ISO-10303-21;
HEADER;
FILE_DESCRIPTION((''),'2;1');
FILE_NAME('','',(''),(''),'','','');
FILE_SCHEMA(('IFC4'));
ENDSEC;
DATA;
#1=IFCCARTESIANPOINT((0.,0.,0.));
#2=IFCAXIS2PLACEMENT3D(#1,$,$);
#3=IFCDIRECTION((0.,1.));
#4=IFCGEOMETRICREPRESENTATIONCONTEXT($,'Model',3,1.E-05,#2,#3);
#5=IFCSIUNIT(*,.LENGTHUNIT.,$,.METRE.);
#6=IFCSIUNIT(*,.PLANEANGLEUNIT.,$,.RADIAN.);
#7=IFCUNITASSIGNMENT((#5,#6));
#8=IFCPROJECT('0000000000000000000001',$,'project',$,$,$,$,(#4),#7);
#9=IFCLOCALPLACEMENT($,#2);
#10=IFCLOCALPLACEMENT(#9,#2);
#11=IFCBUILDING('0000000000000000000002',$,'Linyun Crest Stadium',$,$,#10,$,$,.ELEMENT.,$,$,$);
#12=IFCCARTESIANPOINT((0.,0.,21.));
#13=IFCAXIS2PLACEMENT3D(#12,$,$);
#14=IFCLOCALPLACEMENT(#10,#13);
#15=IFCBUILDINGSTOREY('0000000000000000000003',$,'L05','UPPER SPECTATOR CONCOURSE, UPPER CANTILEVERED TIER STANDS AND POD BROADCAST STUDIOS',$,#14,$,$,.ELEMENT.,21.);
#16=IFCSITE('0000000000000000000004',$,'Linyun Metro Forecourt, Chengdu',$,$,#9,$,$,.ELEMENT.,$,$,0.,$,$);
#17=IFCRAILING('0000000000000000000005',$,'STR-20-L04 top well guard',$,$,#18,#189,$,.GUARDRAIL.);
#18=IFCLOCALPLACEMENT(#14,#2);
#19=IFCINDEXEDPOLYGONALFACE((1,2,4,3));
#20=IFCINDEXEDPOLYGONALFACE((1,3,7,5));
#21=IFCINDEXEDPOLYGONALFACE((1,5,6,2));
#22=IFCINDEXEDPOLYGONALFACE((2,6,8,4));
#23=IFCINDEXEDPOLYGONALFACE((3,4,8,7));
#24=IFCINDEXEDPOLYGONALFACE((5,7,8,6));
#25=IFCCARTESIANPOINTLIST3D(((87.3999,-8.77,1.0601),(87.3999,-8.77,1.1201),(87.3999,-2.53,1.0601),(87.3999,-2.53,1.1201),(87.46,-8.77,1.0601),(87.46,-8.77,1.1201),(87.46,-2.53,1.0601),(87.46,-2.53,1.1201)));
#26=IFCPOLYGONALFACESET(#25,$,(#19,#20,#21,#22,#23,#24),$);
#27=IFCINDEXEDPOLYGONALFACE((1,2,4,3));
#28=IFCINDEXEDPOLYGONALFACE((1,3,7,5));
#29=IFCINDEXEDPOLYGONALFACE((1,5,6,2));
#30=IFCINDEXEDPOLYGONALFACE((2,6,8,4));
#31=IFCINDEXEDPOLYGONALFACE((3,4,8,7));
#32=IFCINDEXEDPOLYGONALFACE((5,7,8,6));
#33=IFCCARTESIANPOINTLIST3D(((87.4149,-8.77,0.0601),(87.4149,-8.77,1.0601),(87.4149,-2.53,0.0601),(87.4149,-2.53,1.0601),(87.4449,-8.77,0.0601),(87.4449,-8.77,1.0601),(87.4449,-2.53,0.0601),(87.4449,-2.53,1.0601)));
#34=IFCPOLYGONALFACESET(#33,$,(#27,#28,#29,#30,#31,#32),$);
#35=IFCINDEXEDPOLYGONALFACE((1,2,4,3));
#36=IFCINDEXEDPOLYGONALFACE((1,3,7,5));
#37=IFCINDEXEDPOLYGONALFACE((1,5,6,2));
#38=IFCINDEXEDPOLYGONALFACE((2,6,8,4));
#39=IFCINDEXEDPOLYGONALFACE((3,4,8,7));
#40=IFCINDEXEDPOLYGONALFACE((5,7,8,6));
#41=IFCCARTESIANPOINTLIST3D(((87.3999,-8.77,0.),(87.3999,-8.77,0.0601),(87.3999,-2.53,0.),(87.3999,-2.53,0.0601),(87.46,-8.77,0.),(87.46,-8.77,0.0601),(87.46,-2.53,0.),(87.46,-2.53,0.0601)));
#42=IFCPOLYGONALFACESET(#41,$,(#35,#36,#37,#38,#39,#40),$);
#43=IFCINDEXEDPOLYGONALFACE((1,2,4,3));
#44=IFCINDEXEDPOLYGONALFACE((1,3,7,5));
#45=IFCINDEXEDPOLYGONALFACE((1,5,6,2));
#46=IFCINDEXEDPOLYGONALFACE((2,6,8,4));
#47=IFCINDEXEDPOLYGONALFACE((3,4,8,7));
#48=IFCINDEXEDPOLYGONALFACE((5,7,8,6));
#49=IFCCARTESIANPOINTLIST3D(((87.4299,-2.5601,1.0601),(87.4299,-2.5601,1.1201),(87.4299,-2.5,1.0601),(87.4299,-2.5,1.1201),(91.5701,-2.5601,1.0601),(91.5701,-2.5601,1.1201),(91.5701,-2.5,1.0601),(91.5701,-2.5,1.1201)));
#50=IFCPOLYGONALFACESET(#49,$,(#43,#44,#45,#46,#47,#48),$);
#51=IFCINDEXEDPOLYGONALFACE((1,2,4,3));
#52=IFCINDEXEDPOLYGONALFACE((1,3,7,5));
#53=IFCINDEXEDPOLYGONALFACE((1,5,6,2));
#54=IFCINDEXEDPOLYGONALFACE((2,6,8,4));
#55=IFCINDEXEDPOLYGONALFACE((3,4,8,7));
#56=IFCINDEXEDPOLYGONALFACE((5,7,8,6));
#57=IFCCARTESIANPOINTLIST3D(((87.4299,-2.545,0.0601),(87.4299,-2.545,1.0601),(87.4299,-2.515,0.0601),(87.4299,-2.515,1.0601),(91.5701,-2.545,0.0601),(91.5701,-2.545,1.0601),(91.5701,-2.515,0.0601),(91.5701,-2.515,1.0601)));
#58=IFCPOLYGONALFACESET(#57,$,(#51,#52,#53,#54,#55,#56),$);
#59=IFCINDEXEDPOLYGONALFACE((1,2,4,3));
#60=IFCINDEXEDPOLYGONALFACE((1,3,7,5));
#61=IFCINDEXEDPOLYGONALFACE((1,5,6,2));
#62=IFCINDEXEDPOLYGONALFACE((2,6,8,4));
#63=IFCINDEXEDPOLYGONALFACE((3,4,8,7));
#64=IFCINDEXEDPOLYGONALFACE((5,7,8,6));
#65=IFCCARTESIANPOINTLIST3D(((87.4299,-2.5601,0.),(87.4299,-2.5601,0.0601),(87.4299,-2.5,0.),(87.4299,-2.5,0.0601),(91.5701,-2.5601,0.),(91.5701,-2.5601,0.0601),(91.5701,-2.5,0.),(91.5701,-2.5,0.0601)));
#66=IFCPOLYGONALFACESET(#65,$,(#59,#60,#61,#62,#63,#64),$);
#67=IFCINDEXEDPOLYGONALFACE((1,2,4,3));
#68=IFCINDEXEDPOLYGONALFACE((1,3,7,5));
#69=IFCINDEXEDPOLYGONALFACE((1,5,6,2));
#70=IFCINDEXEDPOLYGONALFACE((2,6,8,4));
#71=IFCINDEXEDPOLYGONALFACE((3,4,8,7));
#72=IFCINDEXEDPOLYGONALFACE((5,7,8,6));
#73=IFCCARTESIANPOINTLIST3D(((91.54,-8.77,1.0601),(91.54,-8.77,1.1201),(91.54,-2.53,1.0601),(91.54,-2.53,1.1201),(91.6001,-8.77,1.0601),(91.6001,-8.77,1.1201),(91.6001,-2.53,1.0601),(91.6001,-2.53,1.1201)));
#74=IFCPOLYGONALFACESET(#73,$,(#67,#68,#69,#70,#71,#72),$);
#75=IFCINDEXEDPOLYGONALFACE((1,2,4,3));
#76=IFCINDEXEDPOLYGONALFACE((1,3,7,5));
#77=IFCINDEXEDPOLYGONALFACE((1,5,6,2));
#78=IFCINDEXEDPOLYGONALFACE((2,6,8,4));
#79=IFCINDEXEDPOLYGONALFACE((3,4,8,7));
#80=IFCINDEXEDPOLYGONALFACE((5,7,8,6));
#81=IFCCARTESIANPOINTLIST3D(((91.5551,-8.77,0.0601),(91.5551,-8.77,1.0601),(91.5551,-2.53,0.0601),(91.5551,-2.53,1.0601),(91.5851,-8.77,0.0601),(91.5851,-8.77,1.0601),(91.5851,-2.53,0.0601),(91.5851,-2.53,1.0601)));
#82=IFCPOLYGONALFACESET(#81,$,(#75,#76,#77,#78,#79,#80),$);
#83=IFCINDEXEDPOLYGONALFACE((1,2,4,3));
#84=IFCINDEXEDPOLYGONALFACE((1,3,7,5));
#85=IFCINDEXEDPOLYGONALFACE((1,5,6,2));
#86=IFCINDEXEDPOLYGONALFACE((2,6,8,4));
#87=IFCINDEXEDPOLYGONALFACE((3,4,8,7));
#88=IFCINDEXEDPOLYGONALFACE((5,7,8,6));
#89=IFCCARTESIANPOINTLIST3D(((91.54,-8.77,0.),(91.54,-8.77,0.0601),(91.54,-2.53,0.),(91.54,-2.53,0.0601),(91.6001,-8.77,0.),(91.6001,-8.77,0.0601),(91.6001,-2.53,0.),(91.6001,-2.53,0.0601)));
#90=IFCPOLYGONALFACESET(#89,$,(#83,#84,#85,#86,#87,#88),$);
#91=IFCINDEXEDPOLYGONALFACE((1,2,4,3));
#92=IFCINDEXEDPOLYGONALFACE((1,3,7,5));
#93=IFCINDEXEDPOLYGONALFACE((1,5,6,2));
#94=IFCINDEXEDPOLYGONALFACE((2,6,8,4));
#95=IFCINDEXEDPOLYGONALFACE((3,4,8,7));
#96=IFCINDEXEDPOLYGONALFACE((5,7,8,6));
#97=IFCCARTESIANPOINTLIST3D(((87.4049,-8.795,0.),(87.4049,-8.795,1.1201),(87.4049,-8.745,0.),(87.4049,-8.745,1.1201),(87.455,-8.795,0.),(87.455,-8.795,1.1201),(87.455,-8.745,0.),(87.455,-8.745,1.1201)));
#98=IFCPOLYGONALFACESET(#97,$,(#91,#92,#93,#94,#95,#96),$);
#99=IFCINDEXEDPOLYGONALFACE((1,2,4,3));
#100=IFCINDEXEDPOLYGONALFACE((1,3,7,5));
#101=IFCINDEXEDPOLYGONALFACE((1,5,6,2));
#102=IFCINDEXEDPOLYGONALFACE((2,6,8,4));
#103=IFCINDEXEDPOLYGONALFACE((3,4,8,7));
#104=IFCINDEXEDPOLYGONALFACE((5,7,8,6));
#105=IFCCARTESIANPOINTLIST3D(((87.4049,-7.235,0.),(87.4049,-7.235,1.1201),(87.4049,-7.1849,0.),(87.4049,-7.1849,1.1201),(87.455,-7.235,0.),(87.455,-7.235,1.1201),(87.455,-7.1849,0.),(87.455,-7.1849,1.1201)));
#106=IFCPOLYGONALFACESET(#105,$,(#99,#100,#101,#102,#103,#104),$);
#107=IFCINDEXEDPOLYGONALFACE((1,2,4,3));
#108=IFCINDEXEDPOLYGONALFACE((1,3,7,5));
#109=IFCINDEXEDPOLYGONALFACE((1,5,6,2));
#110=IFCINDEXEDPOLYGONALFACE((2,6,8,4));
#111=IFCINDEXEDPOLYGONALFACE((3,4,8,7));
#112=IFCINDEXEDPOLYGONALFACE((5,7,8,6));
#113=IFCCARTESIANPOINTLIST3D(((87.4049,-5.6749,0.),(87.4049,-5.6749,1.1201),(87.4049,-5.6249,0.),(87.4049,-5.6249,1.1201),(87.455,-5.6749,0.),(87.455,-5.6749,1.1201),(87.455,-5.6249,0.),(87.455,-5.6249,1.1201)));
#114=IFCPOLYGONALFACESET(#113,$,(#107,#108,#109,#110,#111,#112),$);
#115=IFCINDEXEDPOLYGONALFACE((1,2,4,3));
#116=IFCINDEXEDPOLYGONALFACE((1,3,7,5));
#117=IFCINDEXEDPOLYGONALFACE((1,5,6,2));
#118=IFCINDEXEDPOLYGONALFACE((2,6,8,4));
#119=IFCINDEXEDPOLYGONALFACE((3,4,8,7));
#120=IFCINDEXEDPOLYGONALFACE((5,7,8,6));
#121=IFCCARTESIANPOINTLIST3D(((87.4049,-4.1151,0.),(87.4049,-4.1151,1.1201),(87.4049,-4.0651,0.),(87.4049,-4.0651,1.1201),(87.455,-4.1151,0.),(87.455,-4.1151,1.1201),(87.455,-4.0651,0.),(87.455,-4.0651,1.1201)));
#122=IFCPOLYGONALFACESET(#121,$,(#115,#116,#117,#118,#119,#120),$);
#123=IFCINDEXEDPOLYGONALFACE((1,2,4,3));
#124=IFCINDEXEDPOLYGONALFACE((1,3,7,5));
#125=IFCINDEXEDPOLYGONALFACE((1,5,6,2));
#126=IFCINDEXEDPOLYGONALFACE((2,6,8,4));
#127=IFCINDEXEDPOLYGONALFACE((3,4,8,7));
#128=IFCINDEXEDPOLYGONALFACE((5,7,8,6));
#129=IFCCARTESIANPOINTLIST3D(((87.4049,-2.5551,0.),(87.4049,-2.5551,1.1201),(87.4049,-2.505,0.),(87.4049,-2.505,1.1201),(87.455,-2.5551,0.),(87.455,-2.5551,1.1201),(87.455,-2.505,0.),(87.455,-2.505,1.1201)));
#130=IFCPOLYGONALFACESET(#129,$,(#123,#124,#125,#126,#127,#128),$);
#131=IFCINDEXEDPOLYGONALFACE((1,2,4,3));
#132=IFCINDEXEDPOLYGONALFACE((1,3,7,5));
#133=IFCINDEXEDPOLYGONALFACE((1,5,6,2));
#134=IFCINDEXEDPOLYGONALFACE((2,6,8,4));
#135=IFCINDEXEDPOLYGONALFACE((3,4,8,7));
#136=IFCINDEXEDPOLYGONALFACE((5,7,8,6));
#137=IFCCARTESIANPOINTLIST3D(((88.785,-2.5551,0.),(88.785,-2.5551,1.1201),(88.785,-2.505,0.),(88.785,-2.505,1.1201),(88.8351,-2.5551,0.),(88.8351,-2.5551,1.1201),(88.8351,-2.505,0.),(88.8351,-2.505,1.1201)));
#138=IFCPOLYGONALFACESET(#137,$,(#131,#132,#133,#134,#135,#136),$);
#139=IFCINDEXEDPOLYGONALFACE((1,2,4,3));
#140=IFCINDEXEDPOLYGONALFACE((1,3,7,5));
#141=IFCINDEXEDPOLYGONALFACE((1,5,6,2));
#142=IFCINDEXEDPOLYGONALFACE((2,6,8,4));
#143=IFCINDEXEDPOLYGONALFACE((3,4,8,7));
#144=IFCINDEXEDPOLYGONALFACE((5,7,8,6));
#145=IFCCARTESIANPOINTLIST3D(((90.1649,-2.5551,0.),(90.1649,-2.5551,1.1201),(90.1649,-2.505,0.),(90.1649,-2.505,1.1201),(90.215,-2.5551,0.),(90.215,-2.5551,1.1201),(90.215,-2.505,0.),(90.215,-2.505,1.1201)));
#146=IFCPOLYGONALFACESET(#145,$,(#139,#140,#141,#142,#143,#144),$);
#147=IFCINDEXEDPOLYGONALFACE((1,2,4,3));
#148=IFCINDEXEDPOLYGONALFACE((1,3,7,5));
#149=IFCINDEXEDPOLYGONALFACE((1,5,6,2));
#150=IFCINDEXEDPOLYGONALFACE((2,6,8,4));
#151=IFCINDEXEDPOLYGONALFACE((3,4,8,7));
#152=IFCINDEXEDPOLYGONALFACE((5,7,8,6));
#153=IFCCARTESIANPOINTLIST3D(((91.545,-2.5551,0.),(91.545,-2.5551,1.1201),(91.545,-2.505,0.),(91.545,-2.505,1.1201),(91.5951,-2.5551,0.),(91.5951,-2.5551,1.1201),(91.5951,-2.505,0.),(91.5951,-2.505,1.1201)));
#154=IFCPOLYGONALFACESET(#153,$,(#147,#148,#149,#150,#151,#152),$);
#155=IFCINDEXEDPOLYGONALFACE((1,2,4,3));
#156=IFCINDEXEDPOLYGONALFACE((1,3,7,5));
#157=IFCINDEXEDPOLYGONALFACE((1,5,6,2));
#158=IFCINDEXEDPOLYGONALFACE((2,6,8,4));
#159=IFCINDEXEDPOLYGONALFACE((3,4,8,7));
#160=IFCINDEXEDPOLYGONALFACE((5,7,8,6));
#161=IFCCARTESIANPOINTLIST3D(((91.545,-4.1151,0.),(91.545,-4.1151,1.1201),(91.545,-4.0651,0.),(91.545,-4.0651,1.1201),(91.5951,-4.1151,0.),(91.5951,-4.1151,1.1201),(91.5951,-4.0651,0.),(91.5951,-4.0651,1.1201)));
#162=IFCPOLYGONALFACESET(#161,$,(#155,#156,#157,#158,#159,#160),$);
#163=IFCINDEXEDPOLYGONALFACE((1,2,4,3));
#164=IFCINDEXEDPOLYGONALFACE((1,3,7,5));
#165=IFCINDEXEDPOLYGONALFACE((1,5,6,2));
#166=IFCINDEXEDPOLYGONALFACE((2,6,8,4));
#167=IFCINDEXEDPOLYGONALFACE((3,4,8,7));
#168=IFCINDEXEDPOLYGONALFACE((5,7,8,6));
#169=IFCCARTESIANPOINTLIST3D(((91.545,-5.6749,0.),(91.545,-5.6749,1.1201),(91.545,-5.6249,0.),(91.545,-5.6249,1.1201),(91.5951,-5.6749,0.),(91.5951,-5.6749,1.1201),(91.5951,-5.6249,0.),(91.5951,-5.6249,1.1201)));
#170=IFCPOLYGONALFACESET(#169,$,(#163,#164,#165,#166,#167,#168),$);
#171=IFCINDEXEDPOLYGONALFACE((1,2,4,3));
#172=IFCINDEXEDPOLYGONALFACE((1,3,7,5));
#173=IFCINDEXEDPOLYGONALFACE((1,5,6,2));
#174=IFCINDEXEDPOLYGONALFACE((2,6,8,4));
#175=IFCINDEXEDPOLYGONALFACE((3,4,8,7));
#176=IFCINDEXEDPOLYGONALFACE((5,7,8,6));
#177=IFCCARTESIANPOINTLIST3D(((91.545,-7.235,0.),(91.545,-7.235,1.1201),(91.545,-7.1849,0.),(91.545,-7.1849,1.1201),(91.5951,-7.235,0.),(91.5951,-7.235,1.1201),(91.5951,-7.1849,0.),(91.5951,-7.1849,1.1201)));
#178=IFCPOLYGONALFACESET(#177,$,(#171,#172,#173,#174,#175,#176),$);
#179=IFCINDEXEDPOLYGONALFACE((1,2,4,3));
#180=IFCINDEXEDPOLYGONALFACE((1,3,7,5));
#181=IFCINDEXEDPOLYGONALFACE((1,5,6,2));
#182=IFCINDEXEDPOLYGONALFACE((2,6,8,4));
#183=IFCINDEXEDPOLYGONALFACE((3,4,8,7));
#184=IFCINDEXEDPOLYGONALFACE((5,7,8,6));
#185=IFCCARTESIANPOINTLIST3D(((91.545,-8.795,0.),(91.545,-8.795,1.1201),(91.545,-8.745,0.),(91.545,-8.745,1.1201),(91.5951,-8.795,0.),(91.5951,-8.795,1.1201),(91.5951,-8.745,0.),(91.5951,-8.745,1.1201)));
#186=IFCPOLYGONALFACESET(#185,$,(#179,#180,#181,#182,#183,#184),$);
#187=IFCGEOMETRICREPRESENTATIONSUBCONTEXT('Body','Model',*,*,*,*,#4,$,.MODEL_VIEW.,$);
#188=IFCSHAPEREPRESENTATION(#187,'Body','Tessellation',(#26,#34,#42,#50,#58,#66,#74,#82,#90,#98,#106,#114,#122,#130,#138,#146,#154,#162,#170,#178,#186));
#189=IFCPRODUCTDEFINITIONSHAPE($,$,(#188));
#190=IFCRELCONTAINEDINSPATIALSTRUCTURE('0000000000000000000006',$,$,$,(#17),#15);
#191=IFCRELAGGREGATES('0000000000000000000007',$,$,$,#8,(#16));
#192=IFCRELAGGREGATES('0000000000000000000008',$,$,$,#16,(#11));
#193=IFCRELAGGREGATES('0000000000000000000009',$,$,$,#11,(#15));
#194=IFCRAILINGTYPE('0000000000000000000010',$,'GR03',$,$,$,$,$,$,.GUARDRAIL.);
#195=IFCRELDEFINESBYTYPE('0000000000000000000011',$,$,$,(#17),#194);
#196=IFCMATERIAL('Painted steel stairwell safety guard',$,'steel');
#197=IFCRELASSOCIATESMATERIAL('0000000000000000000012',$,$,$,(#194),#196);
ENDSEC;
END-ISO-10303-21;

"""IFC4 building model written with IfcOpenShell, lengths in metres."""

from ifc_helpers import new_model, si_unit, direction, frame, origin, origin_2d, place, context, subcontext, project, spatial, rectangle, extrude, material, type_object, element, save


model = new_model("IFC4")

# Units and contexts
model_context = context("Model", 3, precision=1e-05, world=origin(), true_north=direction((0.0, 1.0)))
body_context = subcontext(model_context, "Body", "Model", "MODEL_VIEW")
ifc_project = project(units=[si_unit("LENGTHUNIT", "METRE"), si_unit("PLANEANGLEUNIT", "RADIAN")], contexts=[model_context])

# Site, building, storey
site_placement = place(None, origin())
site = spatial("IfcSite", under=ifc_project, at=site_placement, Name="Linyun Metro Forecourt, Chengdu", CompositionType="ELEMENT", RefElevation=0.0)
building_placement = place(site_placement, origin())
building = spatial("IfcBuilding", under=site, at=building_placement, Name="Linyun Crest Stadium", CompositionType="ELEMENT")
storey_placement = place(building_placement, frame((0.0, 0.0, 21.0)))
storey = spatial("IfcBuildingStorey", under=building, at=storey_placement, Name="L05", Description="UPPER SPECTATOR CONCOURSE, UPPER CANTILEVERED TIER STANDS AND POD BROADCAST STUDIOS", CompositionType="ELEMENT", Elevation=21.0)

# Railing
ifc_material_1 = material(Name="Painted steel stairwell safety guard", Category="steel")
railing_type_1 = type_object("IfcRailingType", Name="GR03", PredefinedType="GUARDRAIL", material=ifc_material_1)
railing_1_placement = place(storey_placement, frame((87.4299, -8.77, 0.0)))
element("IfcRailing", 1, at=railing_1_placement, inside=storey, type_object=railing_type_1, Name="STR-20-L04 top well guard", PredefinedType="GUARDRAIL", context=body_context, shape_type="SweptSolid", body=[
    extrude(rectangle(XDim=0.0601, YDim=0.0601, at=origin_2d()), frame((0.0, 0.0, 1.0901), z_axis=(0.0, 1.0, 0.0), x_axis=(-1.0, 0.0, 0.0)), (0.0, 0.0, 1.0), 6.24),
    extrude(rectangle(XDim=0.03, YDim=1.0, at=origin_2d()), frame((0.0, 0.0, 0.5601), z_axis=(0.0, 1.0, 0.0), x_axis=(-1.0, 0.0, 0.0)), (0.0, 0.0, 1.0), 6.24),
    extrude(rectangle(XDim=0.0601, YDim=0.0601, at=origin_2d()), frame((0.0, 0.0, 0.03), z_axis=(0.0, 1.0, 0.0), x_axis=(-1.0, 0.0, 0.0)), (0.0, 0.0, 1.0), 6.24),
    extrude(rectangle(XDim=0.0601, YDim=0.0601, at=origin_2d()), frame((0.0, 6.24, 1.0901), z_axis=(1.0, 0.0, 0.0), x_axis=(0.0, 1.0, 0.0)), (0.0, 0.0, 1.0), 4.1401),
    extrude(rectangle(XDim=0.03, YDim=1.0, at=origin_2d()), frame((0.0, 6.24, 0.5601), z_axis=(1.0, 0.0, 0.0), x_axis=(0.0, 1.0, 0.0)), (0.0, 0.0, 1.0), 4.1401),
    extrude(rectangle(XDim=0.0601, YDim=0.0601, at=origin_2d()), frame((0.0, 6.24, 0.03), z_axis=(1.0, 0.0, 0.0), x_axis=(0.0, 1.0, 0.0)), (0.0, 0.0, 1.0), 4.1401),
    extrude(rectangle(XDim=0.0601, YDim=0.0601, at=origin_2d()), frame((4.1401, 6.24, 1.0901), z_axis=(0.0, -1.0, 0.0), x_axis=(1.0, 0.0, 0.0)), (0.0, 0.0, 1.0), 6.24),
    extrude(rectangle(XDim=0.03, YDim=1.0, at=origin_2d()), frame((4.1401, 6.24, 0.5601), z_axis=(0.0, -1.0, 0.0), x_axis=(1.0, 0.0, 0.0)), (0.0, 0.0, 1.0), 6.24),
    extrude(rectangle(XDim=0.0601, YDim=0.0601, at=origin_2d()), frame((4.1401, 6.24, 0.03), z_axis=(0.0, -1.0, 0.0), x_axis=(1.0, 0.0, 0.0)), (0.0, 0.0, 1.0), 6.24),
    extrude(rectangle(XDim=0.05, YDim=0.05, at=origin_2d()), origin(), (0.0, 0.0, 1.0), 1.1201),
    extrude(rectangle(XDim=0.05, YDim=0.05, at=origin_2d()), frame((0.0, 1.5601, 0.0)), (0.0, 0.0, 1.0), 1.1201),
    extrude(rectangle(XDim=0.05, YDim=0.05, at=origin_2d()), frame((0.0, 3.1201, 0.0)), (0.0, 0.0, 1.0), 1.1201),
    extrude(rectangle(XDim=0.05, YDim=0.05, at=origin_2d()), frame((0.0, 4.6799, 0.0)), (0.0, 0.0, 1.0), 1.1201),
    extrude(rectangle(XDim=0.05, YDim=0.05, at=origin_2d()), frame((0.0, 6.24, 0.0)), (0.0, 0.0, 1.0), 1.1201),
    extrude(rectangle(XDim=0.05, YDim=0.05, at=origin_2d()), frame((1.3801, 6.24, 0.0)), (0.0, 0.0, 1.0), 1.1201),
    extrude(rectangle(XDim=0.05, YDim=0.05, at=origin_2d()), frame((2.76, 6.24, 0.0)), (0.0, 0.0, 1.0), 1.1201),
    extrude(rectangle(XDim=0.05, YDim=0.05, at=origin_2d()), frame((4.1401, 6.24, 0.0)), (0.0, 0.0, 1.0), 1.1201),
    extrude(rectangle(XDim=0.05, YDim=0.05, at=origin_2d()), frame((4.1401, 4.6799, 0.0)), (0.0, 0.0, 1.0), 1.1201),
    extrude(rectangle(XDim=0.05, YDim=0.05, at=origin_2d()), frame((4.1401, 3.1201, 0.0)), (0.0, 0.0, 1.0), 1.1201),
    extrude(rectangle(XDim=0.05, YDim=0.05, at=origin_2d()), frame((4.1401, 1.5601, 0.0)), (0.0, 0.0, 1.0), 1.1201),
    extrude(rectangle(XDim=0.05, YDim=0.05, at=origin_2d()), frame((4.1401, 0.0, 0.0)), (0.0, 0.0, 1.0), 1.1201),
])

save(model, "model.ifc")
